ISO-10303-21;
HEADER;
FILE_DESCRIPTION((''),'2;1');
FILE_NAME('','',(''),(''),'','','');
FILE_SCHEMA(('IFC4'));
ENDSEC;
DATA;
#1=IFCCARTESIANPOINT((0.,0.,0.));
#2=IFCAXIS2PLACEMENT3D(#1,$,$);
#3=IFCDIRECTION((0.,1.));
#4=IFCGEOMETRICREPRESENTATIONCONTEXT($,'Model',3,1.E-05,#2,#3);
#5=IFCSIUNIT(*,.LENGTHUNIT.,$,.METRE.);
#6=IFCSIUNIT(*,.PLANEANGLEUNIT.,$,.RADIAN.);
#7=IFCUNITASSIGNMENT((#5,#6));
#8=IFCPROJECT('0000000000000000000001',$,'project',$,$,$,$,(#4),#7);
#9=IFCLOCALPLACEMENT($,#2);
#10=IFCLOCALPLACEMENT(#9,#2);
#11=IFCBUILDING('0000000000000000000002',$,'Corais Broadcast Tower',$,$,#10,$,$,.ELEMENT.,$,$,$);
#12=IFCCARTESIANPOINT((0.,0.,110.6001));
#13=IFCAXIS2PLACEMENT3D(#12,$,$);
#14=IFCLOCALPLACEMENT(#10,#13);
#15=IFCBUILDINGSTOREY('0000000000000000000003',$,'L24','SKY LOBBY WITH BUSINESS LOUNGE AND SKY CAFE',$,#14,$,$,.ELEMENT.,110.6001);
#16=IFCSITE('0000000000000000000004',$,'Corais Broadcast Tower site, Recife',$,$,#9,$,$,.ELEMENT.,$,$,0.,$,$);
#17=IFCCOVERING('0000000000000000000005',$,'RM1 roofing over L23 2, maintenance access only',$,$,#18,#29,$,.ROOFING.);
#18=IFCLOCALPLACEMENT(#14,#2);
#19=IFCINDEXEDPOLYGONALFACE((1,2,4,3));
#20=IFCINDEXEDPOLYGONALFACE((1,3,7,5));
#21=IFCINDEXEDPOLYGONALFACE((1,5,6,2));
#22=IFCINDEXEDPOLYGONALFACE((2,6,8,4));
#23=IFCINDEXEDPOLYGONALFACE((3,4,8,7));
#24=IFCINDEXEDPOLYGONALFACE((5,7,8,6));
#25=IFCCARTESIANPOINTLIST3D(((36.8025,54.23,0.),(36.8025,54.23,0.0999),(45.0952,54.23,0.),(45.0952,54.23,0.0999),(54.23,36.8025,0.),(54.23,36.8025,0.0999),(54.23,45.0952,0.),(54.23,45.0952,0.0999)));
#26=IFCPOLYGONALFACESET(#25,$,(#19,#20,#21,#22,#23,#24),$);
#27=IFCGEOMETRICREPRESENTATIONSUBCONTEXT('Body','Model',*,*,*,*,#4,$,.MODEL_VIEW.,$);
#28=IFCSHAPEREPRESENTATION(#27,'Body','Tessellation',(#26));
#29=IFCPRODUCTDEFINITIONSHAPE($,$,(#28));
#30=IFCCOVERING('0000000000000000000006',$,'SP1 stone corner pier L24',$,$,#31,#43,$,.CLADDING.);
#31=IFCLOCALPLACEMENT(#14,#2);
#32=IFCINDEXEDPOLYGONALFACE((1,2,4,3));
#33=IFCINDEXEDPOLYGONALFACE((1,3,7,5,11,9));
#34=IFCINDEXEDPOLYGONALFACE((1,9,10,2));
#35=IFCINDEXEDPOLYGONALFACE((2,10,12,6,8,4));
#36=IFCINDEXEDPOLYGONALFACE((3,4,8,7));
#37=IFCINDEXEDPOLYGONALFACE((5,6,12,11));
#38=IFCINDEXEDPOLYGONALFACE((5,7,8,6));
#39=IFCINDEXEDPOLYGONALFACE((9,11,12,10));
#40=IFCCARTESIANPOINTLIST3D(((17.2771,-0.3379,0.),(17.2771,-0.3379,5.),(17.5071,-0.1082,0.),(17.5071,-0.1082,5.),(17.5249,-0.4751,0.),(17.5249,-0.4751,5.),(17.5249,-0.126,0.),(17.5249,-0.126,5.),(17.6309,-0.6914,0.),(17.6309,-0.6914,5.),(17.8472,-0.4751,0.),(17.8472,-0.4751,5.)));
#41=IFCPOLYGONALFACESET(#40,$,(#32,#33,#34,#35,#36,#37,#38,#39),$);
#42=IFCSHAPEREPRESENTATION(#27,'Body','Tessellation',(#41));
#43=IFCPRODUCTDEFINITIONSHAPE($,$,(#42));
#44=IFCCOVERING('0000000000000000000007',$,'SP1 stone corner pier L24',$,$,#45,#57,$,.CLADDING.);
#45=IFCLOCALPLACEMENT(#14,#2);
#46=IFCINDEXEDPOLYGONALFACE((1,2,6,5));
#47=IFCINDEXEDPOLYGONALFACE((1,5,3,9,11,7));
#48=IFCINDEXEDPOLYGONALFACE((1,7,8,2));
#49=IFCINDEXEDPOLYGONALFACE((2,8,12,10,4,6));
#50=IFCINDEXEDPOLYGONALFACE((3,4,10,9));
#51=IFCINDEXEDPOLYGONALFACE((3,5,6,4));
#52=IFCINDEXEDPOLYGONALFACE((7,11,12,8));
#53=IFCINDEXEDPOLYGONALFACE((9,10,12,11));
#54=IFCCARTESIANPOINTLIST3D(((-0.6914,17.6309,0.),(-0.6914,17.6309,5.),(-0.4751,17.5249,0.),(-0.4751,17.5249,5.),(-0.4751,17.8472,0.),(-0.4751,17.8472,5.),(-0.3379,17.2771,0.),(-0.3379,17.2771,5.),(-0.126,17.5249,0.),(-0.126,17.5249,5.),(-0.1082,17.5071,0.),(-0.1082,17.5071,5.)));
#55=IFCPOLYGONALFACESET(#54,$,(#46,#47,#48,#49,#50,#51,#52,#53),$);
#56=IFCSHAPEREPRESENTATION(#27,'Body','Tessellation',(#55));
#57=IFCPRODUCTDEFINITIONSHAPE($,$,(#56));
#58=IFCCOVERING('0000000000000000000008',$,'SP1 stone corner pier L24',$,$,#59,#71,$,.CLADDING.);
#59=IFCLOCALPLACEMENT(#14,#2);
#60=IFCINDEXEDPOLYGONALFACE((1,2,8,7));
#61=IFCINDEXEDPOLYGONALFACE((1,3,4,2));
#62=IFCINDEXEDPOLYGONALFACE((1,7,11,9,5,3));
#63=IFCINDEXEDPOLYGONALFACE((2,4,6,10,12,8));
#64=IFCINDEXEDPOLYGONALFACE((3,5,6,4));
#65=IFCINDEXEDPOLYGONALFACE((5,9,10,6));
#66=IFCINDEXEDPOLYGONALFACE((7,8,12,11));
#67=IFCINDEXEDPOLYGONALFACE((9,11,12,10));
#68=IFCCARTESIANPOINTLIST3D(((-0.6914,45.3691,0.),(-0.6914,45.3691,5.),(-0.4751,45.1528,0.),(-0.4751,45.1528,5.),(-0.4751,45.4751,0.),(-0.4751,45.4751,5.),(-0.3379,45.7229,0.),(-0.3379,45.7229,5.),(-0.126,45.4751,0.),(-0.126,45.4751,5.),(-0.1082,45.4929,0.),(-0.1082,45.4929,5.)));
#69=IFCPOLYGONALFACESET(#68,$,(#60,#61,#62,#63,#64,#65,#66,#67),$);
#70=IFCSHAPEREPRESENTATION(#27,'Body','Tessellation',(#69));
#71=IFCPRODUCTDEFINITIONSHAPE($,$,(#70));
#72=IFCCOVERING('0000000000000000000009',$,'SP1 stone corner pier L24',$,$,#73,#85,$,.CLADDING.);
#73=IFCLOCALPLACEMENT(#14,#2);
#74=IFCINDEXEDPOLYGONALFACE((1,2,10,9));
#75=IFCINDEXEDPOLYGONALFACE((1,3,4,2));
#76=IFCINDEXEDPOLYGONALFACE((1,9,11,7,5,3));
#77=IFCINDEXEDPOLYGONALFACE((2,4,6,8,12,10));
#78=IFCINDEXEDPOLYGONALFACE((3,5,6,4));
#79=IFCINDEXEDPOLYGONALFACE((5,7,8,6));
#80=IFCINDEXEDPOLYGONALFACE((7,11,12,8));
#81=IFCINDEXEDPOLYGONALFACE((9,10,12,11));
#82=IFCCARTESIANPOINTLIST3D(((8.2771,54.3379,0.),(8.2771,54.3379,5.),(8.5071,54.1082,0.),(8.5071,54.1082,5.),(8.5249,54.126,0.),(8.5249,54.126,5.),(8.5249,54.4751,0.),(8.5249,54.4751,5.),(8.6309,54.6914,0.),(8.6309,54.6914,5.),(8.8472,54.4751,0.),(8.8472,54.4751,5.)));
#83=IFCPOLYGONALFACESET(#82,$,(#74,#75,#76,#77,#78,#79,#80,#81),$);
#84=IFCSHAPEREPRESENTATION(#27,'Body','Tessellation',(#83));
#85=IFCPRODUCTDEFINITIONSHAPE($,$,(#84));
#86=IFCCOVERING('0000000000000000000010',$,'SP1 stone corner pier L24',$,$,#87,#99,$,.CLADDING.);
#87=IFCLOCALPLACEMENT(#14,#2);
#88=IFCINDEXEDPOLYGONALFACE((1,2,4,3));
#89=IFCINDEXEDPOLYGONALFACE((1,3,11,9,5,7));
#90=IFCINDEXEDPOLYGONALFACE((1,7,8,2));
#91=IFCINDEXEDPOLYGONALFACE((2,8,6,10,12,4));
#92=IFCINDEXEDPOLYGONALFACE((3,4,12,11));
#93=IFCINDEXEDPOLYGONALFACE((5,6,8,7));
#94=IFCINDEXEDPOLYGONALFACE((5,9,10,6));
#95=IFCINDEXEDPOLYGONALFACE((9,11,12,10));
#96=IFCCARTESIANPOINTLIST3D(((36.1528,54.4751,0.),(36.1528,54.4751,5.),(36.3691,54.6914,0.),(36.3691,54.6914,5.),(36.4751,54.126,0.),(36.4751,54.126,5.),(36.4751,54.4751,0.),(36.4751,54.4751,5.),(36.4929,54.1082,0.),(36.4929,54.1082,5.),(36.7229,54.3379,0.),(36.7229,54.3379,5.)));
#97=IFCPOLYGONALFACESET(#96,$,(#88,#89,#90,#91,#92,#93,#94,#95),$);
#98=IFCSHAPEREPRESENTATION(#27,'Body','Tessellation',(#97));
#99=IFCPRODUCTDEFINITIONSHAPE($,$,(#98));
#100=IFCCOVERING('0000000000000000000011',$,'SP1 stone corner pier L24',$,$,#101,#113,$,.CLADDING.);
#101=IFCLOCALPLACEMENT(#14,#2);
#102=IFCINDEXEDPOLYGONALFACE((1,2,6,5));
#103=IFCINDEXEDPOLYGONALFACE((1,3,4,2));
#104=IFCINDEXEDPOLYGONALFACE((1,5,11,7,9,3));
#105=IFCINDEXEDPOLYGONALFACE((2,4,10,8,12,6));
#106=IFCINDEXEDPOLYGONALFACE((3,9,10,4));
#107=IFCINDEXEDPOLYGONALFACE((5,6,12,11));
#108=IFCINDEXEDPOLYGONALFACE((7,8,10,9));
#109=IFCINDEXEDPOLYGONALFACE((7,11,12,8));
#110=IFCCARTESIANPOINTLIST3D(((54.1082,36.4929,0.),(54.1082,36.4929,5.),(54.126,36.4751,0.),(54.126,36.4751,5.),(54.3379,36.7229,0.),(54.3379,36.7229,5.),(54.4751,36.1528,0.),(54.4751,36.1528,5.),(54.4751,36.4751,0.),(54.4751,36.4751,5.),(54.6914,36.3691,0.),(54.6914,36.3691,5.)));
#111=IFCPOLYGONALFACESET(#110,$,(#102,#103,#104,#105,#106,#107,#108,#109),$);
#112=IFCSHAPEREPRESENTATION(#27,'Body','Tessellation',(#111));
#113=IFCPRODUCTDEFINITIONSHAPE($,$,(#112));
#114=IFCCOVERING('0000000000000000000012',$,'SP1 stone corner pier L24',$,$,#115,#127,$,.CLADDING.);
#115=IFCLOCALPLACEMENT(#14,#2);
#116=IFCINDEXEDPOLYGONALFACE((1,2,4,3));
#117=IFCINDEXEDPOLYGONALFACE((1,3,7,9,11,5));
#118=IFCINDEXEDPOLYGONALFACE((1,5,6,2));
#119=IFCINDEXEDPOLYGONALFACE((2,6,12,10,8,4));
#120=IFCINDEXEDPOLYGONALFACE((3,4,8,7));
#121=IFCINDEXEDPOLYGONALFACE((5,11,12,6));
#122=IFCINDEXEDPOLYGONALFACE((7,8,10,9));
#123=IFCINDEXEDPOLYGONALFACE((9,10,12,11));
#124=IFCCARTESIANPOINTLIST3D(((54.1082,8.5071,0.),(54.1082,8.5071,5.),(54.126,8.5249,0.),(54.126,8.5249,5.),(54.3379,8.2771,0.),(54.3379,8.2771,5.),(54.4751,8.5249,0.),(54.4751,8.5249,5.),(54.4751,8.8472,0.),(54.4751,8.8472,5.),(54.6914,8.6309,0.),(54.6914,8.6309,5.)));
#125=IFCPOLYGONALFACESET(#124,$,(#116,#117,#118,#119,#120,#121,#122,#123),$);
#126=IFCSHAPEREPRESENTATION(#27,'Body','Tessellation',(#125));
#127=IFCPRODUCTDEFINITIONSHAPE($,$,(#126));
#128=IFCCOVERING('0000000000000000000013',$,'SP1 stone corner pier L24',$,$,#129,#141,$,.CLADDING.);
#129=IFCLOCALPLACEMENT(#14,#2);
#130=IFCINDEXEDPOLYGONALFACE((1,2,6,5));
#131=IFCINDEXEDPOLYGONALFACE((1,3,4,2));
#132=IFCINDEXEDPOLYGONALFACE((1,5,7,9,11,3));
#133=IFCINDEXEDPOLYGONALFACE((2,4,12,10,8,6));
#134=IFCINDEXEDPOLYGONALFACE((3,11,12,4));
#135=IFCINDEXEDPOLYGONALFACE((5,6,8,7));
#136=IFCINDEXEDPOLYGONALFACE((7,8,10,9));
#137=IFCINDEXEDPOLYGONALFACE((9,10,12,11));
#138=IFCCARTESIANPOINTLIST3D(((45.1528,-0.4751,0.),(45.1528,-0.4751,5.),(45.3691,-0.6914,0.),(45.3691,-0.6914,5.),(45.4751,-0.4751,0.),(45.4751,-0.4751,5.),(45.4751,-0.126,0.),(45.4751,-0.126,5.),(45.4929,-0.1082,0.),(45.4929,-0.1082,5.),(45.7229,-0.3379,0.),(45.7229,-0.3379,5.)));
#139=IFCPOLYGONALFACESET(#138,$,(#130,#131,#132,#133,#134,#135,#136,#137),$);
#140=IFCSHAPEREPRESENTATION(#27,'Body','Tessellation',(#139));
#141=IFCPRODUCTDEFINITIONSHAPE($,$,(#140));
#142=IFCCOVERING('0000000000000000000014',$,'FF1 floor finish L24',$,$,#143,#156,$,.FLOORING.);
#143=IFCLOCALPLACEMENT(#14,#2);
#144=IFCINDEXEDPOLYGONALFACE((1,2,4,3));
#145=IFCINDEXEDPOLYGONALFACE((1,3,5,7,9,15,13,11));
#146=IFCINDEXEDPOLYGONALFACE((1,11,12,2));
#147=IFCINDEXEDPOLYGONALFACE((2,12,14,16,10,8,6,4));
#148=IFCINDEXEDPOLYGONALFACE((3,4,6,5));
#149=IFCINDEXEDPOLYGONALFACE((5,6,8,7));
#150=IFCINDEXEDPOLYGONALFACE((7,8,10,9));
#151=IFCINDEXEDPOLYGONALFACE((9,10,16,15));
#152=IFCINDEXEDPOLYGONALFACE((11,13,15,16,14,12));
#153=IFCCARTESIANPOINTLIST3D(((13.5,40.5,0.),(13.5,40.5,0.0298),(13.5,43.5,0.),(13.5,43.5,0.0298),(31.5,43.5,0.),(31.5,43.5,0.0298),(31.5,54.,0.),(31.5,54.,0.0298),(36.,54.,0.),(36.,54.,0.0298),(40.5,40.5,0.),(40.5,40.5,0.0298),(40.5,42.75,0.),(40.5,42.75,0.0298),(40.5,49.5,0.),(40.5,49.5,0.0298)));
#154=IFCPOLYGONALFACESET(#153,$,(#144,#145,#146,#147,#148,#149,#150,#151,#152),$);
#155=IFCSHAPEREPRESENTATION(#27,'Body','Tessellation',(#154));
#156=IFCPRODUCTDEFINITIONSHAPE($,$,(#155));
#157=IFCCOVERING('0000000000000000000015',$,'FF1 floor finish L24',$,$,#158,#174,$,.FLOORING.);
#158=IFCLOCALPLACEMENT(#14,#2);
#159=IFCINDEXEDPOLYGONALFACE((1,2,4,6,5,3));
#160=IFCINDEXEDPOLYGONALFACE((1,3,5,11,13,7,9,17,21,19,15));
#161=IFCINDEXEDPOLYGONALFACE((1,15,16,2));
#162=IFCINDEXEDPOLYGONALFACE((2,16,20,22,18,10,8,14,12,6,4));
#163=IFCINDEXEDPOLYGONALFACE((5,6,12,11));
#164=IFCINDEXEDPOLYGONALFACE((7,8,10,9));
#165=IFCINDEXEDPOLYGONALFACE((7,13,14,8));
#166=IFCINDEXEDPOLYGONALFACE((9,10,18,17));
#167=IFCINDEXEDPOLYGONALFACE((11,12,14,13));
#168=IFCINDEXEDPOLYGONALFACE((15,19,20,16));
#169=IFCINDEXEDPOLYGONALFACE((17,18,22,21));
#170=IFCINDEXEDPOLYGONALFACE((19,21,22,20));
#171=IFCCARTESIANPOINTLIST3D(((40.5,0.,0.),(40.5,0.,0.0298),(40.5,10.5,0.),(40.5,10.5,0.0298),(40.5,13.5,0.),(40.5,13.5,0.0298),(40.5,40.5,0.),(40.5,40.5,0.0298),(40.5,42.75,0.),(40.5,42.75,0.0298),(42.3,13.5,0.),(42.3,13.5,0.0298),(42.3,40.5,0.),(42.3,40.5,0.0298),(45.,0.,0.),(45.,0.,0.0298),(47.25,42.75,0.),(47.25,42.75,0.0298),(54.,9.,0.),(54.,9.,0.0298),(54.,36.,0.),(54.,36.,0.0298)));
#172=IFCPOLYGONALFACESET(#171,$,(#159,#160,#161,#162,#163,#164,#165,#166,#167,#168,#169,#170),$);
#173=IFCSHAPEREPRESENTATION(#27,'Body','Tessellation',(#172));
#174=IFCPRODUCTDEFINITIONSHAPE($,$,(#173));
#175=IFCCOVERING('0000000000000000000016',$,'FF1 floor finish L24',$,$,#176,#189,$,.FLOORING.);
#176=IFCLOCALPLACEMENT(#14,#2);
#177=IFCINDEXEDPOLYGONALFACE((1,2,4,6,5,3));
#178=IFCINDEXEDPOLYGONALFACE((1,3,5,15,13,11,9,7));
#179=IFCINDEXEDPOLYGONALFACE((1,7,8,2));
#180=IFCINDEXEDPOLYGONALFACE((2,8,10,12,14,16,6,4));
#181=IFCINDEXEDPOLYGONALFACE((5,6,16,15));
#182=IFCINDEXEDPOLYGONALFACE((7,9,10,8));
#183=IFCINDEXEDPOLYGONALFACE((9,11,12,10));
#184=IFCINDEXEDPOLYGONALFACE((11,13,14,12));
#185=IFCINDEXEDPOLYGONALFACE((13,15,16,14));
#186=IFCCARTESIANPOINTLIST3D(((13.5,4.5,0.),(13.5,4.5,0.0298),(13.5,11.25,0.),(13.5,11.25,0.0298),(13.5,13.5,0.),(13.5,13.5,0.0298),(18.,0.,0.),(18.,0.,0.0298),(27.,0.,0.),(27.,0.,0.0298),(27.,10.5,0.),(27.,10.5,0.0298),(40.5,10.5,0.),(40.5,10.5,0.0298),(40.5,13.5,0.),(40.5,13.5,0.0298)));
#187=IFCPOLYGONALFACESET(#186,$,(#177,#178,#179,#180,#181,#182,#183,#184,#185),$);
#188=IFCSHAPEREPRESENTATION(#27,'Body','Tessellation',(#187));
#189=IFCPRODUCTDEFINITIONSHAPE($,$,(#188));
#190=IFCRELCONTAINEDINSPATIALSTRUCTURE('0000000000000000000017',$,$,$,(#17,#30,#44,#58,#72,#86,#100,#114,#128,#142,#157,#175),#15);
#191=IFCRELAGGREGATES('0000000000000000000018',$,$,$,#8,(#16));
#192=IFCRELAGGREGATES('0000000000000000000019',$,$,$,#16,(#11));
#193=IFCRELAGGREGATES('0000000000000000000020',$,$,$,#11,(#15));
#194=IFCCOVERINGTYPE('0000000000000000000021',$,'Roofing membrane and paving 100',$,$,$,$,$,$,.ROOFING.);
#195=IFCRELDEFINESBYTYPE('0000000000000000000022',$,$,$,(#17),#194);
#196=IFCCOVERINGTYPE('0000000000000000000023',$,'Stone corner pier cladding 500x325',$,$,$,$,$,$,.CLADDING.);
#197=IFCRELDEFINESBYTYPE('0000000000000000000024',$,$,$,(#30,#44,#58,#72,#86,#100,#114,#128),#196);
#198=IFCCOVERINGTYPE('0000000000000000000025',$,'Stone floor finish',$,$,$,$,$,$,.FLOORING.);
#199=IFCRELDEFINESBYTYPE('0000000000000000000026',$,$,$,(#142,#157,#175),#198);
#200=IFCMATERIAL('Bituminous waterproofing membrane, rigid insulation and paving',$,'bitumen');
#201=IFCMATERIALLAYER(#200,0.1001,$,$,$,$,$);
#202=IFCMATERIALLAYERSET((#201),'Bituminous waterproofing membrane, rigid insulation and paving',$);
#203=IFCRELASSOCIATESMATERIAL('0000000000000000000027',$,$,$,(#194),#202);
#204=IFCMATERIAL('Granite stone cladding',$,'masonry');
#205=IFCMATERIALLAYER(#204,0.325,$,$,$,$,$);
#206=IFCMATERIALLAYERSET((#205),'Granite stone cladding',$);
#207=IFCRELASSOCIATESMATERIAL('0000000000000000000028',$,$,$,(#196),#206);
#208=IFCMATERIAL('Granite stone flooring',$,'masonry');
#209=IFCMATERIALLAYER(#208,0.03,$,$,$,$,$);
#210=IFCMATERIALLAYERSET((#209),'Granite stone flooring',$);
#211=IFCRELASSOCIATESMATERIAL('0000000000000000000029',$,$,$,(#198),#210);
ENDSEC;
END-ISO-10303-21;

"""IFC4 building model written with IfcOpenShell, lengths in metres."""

from ifc_helpers import new_model, si_unit, direction, frame, origin, place, context, subcontext, project, spatial, polyline, outline, extrude, material, layer, layer_set, type_object, element, save


model = new_model("IFC4")

# Units and contexts
model_context = context("Model", 3, precision=1e-05, world=origin(), true_north=direction((0.0, 1.0)))
body_context = subcontext(model_context, "Body", "Model", "MODEL_VIEW")
ifc_project = project(units=[si_unit("LENGTHUNIT", "METRE"), si_unit("PLANEANGLEUNIT", "RADIAN")], contexts=[model_context])

# Site, building, storey
site_placement = place(None, origin())
site = spatial("IfcSite", under=ifc_project, at=site_placement, Name="Corais Broadcast Tower site, Recife", CompositionType="ELEMENT", RefElevation=0.0)
building_placement = place(site_placement, origin())
building = spatial("IfcBuilding", under=site, at=building_placement, Name="Corais Broadcast Tower", CompositionType="ELEMENT")
storey_placement = place(building_placement, frame((0.0, 0.0, 110.6001)))
storey = spatial("IfcBuildingStorey", under=building, at=storey_placement, Name="L24", Description="SKY LOBBY WITH BUSINESS LOUNGE AND SKY CAFE", CompositionType="ELEMENT", Elevation=110.6001)

# Coverings
ifc_material_1 = material(Name="Bituminous waterproofing membrane, rigid insulation and paving", Category="bitumen")
ifc_layer_1 = layer(ifc_material_1, 0.1001)
ifc_layer_set_1 = layer_set([ifc_layer_1], Name="Bituminous waterproofing membrane, rigid insulation and paving")
covering_type_1 = type_object("IfcCoveringType", Name="Roofing membrane and paving 100", PredefinedType="ROOFING", material=ifc_layer_set_1)
covering_1_placement = place(storey_placement, origin())
element("IfcCovering", 1, at=covering_1_placement, inside=storey, type_object=covering_type_1, Name="RM1 roofing over L23 2, maintenance access only", PredefinedType="ROOFING", context=body_context, shape_type="SweptSolid", body=[
    extrude(outline(polyline([(45.0952, 54.23), (54.23, 45.0952), (54.23, 36.8025), (36.8025, 54.23), (45.0952, 54.23)])), origin(), (0.0, 0.0, 1.0), 0.0999),
])
ifc_material_2 = material(Name="Granite stone cladding", Category="masonry")
ifc_layer_2 = layer(ifc_material_2, 0.325)
ifc_layer_set_2 = layer_set([ifc_layer_2], Name="Granite stone cladding")
covering_type_2 = type_object("IfcCoveringType", Name="Stone corner pier cladding 500x325", PredefinedType="CLADDING", material=ifc_layer_set_2)
covering_2_placement = place(storey_placement, origin())
element("IfcCovering", 2, at=covering_2_placement, inside=storey, type_object=covering_type_2, Name="SP1 stone corner pier L24", PredefinedType="CLADDING", context=body_context, shape_type="SweptSolid", body=[
    extrude(outline(polyline([(17.6309, -0.6914), (17.8472, -0.4751), (17.5249, -0.4751), (17.5249, -0.126), (17.5071, -0.1082), (17.2771, -0.3379), (17.6309, -0.6914)])), origin(), (0.0, 0.0, 1.0), 5.0),
])
covering_3_placement = place(storey_placement, origin())
element("IfcCovering", 3, at=covering_3_placement, inside=storey, type_object=covering_type_2, Name="SP1 stone corner pier L24", PredefinedType="CLADDING", context=body_context, shape_type="SweptSolid", body=[
    extrude(outline(polyline([(-0.1082, 17.5071), (-0.126, 17.5249), (-0.4751, 17.5249), (-0.4751, 17.8472), (-0.6914, 17.6309), (-0.3379, 17.2771), (-0.1082, 17.5071)])), origin(), (0.0, 0.0, 1.0), 5.0),
])
covering_4_placement = place(storey_placement, origin())
element("IfcCovering", 4, at=covering_4_placement, inside=storey, type_object=covering_type_2, Name="SP1 stone corner pier L24", PredefinedType="CLADDING", context=body_context, shape_type="SweptSolid", body=[
    extrude(outline(polyline([(-0.6914, 45.3691), (-0.4751, 45.1528), (-0.4751, 45.4751), (-0.126, 45.4751), (-0.1082, 45.4929), (-0.3379, 45.7229), (-0.6914, 45.3691)])), origin(), (0.0, 0.0, 1.0), 5.0),
])
covering_5_placement = place(storey_placement, origin())
element("IfcCovering", 5, at=covering_5_placement, inside=storey, type_object=covering_type_2, Name="SP1 stone corner pier L24", PredefinedType="CLADDING", context=body_context, shape_type="SweptSolid", body=[
    extrude(outline(polyline([(8.5071, 54.1082), (8.5249, 54.126), (8.5249, 54.4751), (8.8472, 54.4751), (8.6309, 54.6914), (8.2771, 54.3379), (8.5071, 54.1082)])), origin(), (0.0, 0.0, 1.0), 5.0),
])
covering_6_placement = place(storey_placement, origin())
element("IfcCovering", 6, at=covering_6_placement, inside=storey, type_object=covering_type_2, Name="SP1 stone corner pier L24", PredefinedType="CLADDING", context=body_context, shape_type="SweptSolid", body=[
    extrude(outline(polyline([(36.3691, 54.6914), (36.1528, 54.4751), (36.4751, 54.4751), (36.4751, 54.126), (36.4929, 54.1082), (36.7229, 54.3379), (36.3691, 54.6914)])), origin(), (0.0, 0.0, 1.0), 5.0),
])
covering_7_placement = place(storey_placement, origin())
element("IfcCovering", 7, at=covering_7_placement, inside=storey, type_object=covering_type_2, Name="SP1 stone corner pier L24", PredefinedType="CLADDING", context=body_context, shape_type="SweptSolid", body=[
    extrude(outline(polyline([(54.1082, 36.4929), (54.126, 36.4751), (54.4751, 36.4751), (54.4751, 36.1528), (54.6914, 36.3691), (54.3379, 36.7229), (54.1082, 36.4929)])), origin(), (0.0, 0.0, 1.0), 5.0),
])
covering_8_placement = place(storey_placement, origin())
element("IfcCovering", 8, at=covering_8_placement, inside=storey, type_object=covering_type_2, Name="SP1 stone corner pier L24", PredefinedType="CLADDING", context=body_context, shape_type="SweptSolid", body=[
    extrude(outline(polyline([(54.6914, 8.6309), (54.4751, 8.8472), (54.4751, 8.5249), (54.126, 8.5249), (54.1082, 8.5071), (54.3379, 8.2771), (54.6914, 8.6309)])), origin(), (0.0, 0.0, 1.0), 5.0),
])
covering_9_placement = place(storey_placement, origin())
element("IfcCovering", 9, at=covering_9_placement, inside=storey, type_object=covering_type_2, Name="SP1 stone corner pier L24", PredefinedType="CLADDING", context=body_context, shape_type="SweptSolid", body=[
    extrude(outline(polyline([(45.4929, -0.1082), (45.4751, -0.126), (45.4751, -0.4751), (45.1528, -0.4751), (45.3691, -0.6914), (45.7229, -0.3379), (45.4929, -0.1082)])), origin(), (0.0, 0.0, 1.0), 5.0),
])
ifc_material_3 = material(Name="Granite stone flooring", Category="masonry")
ifc_layer_3 = layer(ifc_material_3, 0.03)
ifc_layer_set_3 = layer_set([ifc_layer_3], Name="Granite stone flooring")
covering_type_3 = type_object("IfcCoveringType", Name="Stone floor finish", PredefinedType="FLOORING", material=ifc_layer_set_3)
covering_10_placement = place(storey_placement, origin())
element("IfcCovering", 10, at=covering_10_placement, inside=storey, type_object=covering_type_3, Name="FF1 floor finish L24", PredefinedType="FLOORING", context=body_context, shape_type="SweptSolid", body=[
    extrude(outline(polyline([(31.5, 43.5), (31.5, 54.0), (36.0, 54.0), (40.5, 49.5), (40.5, 42.75), (40.5, 40.5), (13.5, 40.5), (13.5, 43.5), (31.5, 43.5)])), origin(), (0.0, 0.0, 1.0), 0.0298),
])
covering_11_placement = place(storey_placement, origin())
element("IfcCovering", 11, at=covering_11_placement, inside=storey, type_object=covering_type_3, Name="FF1 floor finish L24", PredefinedType="FLOORING", context=body_context, shape_type="SweptSolid", body=[
    extrude(outline(polyline([(47.25, 42.75), (54.0, 36.0), (54.0, 9.0), (45.0, 0.0), (40.5, 0.0), (40.5, 10.5), (40.5, 13.5), (42.3, 13.5), (42.3, 40.5), (40.5, 40.5), (40.5, 42.75), (47.25, 42.75)])), origin(), (0.0, 0.0, 1.0), 0.0298),
])
covering_12_placement = place(storey_placement, origin())
element("IfcCovering", 12, at=covering_12_placement, inside=storey, type_object=covering_type_3, Name="FF1 floor finish L24", PredefinedType="FLOORING", context=body_context, shape_type="SweptSolid", body=[
    extrude(outline(polyline([(27.0, 10.5), (27.0, 0.0), (18.0, 0.0), (13.5, 4.5), (13.5, 11.25), (13.5, 13.5), (40.5, 13.5), (40.5, 10.5), (27.0, 10.5)])), origin(), (0.0, 0.0, 1.0), 0.0298),
])

save(model, "model.ifc")
